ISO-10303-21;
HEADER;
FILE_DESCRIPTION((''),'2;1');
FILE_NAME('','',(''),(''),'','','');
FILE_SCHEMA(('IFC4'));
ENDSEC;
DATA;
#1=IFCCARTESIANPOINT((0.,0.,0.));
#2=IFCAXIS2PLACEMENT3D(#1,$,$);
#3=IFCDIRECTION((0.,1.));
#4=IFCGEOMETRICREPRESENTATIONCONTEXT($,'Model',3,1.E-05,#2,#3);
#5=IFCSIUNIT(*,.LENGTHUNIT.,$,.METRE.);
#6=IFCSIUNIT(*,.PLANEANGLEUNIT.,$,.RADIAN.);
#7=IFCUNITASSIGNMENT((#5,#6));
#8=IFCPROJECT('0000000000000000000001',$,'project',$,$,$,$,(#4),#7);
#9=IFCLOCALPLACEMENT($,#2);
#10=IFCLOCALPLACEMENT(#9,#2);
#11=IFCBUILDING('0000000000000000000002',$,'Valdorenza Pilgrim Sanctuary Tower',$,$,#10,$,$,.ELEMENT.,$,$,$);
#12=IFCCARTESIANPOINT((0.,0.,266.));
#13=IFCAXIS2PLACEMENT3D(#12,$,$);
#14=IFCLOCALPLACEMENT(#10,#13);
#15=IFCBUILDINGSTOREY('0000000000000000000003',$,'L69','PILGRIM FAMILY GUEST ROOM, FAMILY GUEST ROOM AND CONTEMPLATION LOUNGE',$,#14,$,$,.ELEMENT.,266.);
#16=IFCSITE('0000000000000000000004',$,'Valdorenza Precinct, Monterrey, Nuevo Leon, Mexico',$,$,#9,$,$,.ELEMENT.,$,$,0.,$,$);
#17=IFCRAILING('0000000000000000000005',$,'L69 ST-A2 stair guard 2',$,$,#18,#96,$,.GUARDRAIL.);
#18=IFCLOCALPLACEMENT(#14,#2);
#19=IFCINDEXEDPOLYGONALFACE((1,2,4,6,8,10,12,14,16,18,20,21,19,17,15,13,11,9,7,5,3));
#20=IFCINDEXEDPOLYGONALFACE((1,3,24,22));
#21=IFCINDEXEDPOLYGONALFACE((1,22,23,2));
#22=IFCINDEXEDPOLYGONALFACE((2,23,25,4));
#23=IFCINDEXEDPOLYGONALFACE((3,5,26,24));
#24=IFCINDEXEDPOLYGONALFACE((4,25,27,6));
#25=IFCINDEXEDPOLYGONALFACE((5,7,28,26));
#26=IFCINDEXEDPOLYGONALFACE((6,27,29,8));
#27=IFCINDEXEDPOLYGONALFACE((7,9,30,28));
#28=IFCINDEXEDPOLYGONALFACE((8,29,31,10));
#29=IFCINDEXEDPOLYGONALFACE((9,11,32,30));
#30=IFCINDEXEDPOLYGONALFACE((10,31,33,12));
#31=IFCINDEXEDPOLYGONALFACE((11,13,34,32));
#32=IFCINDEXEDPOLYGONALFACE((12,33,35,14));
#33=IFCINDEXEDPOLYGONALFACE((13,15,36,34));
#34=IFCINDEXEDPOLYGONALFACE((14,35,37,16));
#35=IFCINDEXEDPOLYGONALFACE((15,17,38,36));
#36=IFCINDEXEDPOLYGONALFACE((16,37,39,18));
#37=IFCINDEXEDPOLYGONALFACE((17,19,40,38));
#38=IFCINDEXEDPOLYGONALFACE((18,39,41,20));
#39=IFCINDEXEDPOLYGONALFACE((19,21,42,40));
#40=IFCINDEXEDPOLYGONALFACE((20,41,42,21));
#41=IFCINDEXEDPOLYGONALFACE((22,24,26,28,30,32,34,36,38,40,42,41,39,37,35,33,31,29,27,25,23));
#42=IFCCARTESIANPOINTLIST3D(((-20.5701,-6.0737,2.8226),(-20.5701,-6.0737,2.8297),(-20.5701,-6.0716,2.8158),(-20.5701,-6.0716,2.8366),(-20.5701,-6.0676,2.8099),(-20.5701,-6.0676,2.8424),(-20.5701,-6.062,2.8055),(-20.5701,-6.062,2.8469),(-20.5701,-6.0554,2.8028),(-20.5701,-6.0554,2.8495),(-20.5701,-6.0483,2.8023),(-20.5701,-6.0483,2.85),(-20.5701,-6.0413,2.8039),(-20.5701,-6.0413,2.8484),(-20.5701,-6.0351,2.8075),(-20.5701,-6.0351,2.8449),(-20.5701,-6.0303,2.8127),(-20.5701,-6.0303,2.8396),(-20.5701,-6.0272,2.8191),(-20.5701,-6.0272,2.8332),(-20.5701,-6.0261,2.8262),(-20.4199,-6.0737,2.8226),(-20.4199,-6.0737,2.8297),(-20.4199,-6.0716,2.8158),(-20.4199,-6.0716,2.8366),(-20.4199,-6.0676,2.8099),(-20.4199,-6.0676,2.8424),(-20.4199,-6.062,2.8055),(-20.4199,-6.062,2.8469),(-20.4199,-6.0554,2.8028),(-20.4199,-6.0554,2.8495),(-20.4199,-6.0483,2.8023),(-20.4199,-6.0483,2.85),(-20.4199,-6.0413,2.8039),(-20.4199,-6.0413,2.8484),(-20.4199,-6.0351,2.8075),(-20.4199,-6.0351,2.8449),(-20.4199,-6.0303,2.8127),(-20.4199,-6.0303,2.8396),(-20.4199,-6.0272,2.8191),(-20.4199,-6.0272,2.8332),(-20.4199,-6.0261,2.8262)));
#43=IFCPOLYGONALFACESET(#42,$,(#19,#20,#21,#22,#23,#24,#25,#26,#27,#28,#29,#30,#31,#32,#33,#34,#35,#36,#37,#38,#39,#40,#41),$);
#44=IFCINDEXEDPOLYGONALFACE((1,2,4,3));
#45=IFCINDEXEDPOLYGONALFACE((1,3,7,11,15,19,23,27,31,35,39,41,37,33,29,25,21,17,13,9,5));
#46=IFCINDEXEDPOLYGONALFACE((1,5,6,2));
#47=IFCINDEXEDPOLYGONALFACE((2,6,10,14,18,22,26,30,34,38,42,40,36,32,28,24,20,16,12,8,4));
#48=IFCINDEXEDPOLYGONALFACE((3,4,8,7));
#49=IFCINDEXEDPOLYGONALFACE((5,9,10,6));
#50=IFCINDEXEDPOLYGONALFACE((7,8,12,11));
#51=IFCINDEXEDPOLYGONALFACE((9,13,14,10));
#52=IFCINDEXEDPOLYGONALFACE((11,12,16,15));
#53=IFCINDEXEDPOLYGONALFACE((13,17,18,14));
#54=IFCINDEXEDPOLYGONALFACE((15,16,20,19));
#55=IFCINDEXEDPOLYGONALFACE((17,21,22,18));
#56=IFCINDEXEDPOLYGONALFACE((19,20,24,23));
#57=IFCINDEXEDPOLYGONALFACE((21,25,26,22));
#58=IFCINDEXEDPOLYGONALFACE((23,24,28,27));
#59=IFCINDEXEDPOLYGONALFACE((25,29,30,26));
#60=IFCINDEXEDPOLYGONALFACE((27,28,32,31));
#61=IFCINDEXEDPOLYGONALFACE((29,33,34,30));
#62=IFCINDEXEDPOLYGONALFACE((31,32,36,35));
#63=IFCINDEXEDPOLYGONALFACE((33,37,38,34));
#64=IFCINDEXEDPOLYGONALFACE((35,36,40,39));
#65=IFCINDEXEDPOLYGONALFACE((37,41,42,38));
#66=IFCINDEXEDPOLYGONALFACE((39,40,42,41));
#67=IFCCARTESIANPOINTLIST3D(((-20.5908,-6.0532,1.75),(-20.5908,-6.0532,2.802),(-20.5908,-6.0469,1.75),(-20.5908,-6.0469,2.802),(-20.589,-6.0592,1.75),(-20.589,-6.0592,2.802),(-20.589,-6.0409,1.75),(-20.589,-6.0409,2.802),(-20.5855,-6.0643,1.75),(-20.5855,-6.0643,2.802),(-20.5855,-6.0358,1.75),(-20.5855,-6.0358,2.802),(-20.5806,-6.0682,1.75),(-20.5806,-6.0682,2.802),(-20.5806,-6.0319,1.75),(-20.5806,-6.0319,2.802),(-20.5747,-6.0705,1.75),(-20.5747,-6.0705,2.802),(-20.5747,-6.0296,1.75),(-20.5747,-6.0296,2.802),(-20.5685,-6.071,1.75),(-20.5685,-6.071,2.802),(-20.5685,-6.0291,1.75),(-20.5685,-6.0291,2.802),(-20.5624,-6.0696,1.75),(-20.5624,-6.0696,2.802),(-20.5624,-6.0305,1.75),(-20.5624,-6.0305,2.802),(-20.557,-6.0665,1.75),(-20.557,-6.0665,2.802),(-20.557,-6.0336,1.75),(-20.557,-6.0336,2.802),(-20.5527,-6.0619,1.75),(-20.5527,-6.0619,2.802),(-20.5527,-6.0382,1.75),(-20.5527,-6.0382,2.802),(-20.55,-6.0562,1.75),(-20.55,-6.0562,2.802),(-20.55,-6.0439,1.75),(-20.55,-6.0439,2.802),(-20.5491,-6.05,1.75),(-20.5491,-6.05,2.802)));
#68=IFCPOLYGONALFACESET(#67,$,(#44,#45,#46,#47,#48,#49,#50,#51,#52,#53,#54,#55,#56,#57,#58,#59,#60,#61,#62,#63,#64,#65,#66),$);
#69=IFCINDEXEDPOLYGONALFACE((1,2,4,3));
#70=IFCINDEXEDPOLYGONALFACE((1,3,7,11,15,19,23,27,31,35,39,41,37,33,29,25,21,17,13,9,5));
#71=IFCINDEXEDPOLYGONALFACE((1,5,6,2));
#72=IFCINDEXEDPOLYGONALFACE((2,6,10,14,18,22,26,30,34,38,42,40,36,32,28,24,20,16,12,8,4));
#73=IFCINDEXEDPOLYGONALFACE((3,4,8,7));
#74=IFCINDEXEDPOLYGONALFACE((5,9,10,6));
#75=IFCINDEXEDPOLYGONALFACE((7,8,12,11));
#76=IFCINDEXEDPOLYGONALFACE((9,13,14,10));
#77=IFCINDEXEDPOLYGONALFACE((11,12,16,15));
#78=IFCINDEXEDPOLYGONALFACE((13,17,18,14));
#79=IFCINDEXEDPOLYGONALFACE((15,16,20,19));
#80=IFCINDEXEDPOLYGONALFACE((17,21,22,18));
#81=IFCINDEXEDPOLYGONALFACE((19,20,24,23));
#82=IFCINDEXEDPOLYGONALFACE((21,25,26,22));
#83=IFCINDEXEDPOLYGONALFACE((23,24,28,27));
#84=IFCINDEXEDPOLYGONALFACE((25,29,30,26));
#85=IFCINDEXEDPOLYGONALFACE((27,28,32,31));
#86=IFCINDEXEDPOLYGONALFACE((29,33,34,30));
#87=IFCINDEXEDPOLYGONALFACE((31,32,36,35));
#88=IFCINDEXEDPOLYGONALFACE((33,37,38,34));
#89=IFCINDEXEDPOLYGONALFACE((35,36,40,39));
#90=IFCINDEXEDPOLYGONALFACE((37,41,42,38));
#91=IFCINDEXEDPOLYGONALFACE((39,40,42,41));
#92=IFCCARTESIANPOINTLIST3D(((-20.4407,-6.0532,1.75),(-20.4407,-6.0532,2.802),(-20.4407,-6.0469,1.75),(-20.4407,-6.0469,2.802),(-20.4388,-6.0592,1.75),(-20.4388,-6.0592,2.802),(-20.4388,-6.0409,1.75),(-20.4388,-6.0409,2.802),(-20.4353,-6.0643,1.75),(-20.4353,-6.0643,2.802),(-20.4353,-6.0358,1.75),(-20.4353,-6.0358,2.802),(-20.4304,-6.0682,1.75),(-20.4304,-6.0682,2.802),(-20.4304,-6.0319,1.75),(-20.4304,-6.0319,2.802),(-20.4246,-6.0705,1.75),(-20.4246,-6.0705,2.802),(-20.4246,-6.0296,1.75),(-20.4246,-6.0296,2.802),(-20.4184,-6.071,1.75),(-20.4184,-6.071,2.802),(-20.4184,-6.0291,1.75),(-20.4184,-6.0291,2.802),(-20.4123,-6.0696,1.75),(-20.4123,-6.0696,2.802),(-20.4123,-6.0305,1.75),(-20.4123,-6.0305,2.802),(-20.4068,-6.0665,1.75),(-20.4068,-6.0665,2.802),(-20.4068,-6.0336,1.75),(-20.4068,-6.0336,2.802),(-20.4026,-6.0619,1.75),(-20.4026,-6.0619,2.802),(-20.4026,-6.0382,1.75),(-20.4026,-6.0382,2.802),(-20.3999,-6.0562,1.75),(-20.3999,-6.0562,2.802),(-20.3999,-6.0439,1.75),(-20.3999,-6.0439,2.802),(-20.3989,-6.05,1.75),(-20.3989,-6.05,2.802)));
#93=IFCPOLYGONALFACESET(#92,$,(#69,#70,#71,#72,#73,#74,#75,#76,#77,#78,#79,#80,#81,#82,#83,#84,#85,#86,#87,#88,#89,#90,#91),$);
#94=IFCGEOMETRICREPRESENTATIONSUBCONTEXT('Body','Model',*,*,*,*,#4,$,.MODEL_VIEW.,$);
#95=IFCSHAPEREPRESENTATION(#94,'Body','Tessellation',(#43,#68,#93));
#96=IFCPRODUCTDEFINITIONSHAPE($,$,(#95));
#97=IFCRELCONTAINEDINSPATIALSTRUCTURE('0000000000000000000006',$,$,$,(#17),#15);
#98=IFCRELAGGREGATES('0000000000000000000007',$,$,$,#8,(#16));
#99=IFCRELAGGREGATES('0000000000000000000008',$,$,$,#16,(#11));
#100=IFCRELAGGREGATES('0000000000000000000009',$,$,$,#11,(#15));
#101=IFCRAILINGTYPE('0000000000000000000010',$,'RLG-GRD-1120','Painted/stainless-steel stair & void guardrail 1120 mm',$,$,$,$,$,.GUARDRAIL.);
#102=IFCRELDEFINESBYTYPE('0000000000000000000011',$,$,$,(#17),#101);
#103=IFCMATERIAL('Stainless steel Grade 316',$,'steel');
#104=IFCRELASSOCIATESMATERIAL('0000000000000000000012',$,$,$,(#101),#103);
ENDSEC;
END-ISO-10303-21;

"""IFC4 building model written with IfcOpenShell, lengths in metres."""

from ifc_helpers import new_model, si_unit, direction, frame, origin, origin_2d, place, context, subcontext, project, spatial, circle, extrude, material, type_object, element, save


model = new_model("IFC4")

# Units and contexts
model_context = context("Model", 3, precision=1e-05, world=origin(), true_north=direction((0.0, 1.0)))
body_context = subcontext(model_context, "Body", "Model", "MODEL_VIEW")
ifc_project = project(units=[si_unit("LENGTHUNIT", "METRE"), si_unit("PLANEANGLEUNIT", "RADIAN")], contexts=[model_context])

# Site, building, storey
site_placement = place(None, origin())
site = spatial("IfcSite", under=ifc_project, at=site_placement, Name="Valdorenza Precinct, Monterrey, Nuevo Leon, Mexico", CompositionType="ELEMENT", RefElevation=0.0)
building_placement = place(site_placement, origin())
building = spatial("IfcBuilding", under=site, at=building_placement, Name="Valdorenza Pilgrim Sanctuary Tower", CompositionType="ELEMENT")
storey_placement = place(building_placement, frame((0.0, 0.0, 266.0)))
storey = spatial("IfcBuildingStorey", under=building, at=storey_placement, Name="L69", Description="PILGRIM FAMILY GUEST ROOM, FAMILY GUEST ROOM AND CONTEMPLATION LOUNGE", CompositionType="ELEMENT", Elevation=266.0)

# Railing
ifc_material_1 = material(Name="Stainless steel Grade 316", Category="steel")
railing_type_1 = type_object("IfcRailingType", Name="RLG-GRD-1120", Description="Painted/stainless-steel stair & void guardrail 1120 mm", PredefinedType="GUARDRAIL", material=ifc_material_1)
railing_1_placement = place(storey_placement, frame((-20.5701, -6.05, 1.75)))
element("IfcRailing", 1, at=railing_1_placement, inside=storey, type_object=railing_type_1, Name="L69 ST-A2 stair guard 2", PredefinedType="GUARDRAIL", context=body_context, shape_type="SweptSolid", body=[
    extrude(circle(Radius=0.0239, at=origin_2d()), frame((0.0, 0.0, 1.0762), z_axis=(1.0, 0.0, 0.0), x_axis=(0.0, 1.0, 0.0)), (0.0, 0.0, 1.0), 0.1501),
    extrude(circle(Radius=0.021, at=origin_2d()), origin(), (0.0, 0.0, 1.0), 1.052),
    extrude(circle(Radius=0.021, at=origin_2d()), frame((0.1501, 0.0, 0.0)), (0.0, 0.0, 1.0), 1.052),
])

save(model, "model.ifc")
